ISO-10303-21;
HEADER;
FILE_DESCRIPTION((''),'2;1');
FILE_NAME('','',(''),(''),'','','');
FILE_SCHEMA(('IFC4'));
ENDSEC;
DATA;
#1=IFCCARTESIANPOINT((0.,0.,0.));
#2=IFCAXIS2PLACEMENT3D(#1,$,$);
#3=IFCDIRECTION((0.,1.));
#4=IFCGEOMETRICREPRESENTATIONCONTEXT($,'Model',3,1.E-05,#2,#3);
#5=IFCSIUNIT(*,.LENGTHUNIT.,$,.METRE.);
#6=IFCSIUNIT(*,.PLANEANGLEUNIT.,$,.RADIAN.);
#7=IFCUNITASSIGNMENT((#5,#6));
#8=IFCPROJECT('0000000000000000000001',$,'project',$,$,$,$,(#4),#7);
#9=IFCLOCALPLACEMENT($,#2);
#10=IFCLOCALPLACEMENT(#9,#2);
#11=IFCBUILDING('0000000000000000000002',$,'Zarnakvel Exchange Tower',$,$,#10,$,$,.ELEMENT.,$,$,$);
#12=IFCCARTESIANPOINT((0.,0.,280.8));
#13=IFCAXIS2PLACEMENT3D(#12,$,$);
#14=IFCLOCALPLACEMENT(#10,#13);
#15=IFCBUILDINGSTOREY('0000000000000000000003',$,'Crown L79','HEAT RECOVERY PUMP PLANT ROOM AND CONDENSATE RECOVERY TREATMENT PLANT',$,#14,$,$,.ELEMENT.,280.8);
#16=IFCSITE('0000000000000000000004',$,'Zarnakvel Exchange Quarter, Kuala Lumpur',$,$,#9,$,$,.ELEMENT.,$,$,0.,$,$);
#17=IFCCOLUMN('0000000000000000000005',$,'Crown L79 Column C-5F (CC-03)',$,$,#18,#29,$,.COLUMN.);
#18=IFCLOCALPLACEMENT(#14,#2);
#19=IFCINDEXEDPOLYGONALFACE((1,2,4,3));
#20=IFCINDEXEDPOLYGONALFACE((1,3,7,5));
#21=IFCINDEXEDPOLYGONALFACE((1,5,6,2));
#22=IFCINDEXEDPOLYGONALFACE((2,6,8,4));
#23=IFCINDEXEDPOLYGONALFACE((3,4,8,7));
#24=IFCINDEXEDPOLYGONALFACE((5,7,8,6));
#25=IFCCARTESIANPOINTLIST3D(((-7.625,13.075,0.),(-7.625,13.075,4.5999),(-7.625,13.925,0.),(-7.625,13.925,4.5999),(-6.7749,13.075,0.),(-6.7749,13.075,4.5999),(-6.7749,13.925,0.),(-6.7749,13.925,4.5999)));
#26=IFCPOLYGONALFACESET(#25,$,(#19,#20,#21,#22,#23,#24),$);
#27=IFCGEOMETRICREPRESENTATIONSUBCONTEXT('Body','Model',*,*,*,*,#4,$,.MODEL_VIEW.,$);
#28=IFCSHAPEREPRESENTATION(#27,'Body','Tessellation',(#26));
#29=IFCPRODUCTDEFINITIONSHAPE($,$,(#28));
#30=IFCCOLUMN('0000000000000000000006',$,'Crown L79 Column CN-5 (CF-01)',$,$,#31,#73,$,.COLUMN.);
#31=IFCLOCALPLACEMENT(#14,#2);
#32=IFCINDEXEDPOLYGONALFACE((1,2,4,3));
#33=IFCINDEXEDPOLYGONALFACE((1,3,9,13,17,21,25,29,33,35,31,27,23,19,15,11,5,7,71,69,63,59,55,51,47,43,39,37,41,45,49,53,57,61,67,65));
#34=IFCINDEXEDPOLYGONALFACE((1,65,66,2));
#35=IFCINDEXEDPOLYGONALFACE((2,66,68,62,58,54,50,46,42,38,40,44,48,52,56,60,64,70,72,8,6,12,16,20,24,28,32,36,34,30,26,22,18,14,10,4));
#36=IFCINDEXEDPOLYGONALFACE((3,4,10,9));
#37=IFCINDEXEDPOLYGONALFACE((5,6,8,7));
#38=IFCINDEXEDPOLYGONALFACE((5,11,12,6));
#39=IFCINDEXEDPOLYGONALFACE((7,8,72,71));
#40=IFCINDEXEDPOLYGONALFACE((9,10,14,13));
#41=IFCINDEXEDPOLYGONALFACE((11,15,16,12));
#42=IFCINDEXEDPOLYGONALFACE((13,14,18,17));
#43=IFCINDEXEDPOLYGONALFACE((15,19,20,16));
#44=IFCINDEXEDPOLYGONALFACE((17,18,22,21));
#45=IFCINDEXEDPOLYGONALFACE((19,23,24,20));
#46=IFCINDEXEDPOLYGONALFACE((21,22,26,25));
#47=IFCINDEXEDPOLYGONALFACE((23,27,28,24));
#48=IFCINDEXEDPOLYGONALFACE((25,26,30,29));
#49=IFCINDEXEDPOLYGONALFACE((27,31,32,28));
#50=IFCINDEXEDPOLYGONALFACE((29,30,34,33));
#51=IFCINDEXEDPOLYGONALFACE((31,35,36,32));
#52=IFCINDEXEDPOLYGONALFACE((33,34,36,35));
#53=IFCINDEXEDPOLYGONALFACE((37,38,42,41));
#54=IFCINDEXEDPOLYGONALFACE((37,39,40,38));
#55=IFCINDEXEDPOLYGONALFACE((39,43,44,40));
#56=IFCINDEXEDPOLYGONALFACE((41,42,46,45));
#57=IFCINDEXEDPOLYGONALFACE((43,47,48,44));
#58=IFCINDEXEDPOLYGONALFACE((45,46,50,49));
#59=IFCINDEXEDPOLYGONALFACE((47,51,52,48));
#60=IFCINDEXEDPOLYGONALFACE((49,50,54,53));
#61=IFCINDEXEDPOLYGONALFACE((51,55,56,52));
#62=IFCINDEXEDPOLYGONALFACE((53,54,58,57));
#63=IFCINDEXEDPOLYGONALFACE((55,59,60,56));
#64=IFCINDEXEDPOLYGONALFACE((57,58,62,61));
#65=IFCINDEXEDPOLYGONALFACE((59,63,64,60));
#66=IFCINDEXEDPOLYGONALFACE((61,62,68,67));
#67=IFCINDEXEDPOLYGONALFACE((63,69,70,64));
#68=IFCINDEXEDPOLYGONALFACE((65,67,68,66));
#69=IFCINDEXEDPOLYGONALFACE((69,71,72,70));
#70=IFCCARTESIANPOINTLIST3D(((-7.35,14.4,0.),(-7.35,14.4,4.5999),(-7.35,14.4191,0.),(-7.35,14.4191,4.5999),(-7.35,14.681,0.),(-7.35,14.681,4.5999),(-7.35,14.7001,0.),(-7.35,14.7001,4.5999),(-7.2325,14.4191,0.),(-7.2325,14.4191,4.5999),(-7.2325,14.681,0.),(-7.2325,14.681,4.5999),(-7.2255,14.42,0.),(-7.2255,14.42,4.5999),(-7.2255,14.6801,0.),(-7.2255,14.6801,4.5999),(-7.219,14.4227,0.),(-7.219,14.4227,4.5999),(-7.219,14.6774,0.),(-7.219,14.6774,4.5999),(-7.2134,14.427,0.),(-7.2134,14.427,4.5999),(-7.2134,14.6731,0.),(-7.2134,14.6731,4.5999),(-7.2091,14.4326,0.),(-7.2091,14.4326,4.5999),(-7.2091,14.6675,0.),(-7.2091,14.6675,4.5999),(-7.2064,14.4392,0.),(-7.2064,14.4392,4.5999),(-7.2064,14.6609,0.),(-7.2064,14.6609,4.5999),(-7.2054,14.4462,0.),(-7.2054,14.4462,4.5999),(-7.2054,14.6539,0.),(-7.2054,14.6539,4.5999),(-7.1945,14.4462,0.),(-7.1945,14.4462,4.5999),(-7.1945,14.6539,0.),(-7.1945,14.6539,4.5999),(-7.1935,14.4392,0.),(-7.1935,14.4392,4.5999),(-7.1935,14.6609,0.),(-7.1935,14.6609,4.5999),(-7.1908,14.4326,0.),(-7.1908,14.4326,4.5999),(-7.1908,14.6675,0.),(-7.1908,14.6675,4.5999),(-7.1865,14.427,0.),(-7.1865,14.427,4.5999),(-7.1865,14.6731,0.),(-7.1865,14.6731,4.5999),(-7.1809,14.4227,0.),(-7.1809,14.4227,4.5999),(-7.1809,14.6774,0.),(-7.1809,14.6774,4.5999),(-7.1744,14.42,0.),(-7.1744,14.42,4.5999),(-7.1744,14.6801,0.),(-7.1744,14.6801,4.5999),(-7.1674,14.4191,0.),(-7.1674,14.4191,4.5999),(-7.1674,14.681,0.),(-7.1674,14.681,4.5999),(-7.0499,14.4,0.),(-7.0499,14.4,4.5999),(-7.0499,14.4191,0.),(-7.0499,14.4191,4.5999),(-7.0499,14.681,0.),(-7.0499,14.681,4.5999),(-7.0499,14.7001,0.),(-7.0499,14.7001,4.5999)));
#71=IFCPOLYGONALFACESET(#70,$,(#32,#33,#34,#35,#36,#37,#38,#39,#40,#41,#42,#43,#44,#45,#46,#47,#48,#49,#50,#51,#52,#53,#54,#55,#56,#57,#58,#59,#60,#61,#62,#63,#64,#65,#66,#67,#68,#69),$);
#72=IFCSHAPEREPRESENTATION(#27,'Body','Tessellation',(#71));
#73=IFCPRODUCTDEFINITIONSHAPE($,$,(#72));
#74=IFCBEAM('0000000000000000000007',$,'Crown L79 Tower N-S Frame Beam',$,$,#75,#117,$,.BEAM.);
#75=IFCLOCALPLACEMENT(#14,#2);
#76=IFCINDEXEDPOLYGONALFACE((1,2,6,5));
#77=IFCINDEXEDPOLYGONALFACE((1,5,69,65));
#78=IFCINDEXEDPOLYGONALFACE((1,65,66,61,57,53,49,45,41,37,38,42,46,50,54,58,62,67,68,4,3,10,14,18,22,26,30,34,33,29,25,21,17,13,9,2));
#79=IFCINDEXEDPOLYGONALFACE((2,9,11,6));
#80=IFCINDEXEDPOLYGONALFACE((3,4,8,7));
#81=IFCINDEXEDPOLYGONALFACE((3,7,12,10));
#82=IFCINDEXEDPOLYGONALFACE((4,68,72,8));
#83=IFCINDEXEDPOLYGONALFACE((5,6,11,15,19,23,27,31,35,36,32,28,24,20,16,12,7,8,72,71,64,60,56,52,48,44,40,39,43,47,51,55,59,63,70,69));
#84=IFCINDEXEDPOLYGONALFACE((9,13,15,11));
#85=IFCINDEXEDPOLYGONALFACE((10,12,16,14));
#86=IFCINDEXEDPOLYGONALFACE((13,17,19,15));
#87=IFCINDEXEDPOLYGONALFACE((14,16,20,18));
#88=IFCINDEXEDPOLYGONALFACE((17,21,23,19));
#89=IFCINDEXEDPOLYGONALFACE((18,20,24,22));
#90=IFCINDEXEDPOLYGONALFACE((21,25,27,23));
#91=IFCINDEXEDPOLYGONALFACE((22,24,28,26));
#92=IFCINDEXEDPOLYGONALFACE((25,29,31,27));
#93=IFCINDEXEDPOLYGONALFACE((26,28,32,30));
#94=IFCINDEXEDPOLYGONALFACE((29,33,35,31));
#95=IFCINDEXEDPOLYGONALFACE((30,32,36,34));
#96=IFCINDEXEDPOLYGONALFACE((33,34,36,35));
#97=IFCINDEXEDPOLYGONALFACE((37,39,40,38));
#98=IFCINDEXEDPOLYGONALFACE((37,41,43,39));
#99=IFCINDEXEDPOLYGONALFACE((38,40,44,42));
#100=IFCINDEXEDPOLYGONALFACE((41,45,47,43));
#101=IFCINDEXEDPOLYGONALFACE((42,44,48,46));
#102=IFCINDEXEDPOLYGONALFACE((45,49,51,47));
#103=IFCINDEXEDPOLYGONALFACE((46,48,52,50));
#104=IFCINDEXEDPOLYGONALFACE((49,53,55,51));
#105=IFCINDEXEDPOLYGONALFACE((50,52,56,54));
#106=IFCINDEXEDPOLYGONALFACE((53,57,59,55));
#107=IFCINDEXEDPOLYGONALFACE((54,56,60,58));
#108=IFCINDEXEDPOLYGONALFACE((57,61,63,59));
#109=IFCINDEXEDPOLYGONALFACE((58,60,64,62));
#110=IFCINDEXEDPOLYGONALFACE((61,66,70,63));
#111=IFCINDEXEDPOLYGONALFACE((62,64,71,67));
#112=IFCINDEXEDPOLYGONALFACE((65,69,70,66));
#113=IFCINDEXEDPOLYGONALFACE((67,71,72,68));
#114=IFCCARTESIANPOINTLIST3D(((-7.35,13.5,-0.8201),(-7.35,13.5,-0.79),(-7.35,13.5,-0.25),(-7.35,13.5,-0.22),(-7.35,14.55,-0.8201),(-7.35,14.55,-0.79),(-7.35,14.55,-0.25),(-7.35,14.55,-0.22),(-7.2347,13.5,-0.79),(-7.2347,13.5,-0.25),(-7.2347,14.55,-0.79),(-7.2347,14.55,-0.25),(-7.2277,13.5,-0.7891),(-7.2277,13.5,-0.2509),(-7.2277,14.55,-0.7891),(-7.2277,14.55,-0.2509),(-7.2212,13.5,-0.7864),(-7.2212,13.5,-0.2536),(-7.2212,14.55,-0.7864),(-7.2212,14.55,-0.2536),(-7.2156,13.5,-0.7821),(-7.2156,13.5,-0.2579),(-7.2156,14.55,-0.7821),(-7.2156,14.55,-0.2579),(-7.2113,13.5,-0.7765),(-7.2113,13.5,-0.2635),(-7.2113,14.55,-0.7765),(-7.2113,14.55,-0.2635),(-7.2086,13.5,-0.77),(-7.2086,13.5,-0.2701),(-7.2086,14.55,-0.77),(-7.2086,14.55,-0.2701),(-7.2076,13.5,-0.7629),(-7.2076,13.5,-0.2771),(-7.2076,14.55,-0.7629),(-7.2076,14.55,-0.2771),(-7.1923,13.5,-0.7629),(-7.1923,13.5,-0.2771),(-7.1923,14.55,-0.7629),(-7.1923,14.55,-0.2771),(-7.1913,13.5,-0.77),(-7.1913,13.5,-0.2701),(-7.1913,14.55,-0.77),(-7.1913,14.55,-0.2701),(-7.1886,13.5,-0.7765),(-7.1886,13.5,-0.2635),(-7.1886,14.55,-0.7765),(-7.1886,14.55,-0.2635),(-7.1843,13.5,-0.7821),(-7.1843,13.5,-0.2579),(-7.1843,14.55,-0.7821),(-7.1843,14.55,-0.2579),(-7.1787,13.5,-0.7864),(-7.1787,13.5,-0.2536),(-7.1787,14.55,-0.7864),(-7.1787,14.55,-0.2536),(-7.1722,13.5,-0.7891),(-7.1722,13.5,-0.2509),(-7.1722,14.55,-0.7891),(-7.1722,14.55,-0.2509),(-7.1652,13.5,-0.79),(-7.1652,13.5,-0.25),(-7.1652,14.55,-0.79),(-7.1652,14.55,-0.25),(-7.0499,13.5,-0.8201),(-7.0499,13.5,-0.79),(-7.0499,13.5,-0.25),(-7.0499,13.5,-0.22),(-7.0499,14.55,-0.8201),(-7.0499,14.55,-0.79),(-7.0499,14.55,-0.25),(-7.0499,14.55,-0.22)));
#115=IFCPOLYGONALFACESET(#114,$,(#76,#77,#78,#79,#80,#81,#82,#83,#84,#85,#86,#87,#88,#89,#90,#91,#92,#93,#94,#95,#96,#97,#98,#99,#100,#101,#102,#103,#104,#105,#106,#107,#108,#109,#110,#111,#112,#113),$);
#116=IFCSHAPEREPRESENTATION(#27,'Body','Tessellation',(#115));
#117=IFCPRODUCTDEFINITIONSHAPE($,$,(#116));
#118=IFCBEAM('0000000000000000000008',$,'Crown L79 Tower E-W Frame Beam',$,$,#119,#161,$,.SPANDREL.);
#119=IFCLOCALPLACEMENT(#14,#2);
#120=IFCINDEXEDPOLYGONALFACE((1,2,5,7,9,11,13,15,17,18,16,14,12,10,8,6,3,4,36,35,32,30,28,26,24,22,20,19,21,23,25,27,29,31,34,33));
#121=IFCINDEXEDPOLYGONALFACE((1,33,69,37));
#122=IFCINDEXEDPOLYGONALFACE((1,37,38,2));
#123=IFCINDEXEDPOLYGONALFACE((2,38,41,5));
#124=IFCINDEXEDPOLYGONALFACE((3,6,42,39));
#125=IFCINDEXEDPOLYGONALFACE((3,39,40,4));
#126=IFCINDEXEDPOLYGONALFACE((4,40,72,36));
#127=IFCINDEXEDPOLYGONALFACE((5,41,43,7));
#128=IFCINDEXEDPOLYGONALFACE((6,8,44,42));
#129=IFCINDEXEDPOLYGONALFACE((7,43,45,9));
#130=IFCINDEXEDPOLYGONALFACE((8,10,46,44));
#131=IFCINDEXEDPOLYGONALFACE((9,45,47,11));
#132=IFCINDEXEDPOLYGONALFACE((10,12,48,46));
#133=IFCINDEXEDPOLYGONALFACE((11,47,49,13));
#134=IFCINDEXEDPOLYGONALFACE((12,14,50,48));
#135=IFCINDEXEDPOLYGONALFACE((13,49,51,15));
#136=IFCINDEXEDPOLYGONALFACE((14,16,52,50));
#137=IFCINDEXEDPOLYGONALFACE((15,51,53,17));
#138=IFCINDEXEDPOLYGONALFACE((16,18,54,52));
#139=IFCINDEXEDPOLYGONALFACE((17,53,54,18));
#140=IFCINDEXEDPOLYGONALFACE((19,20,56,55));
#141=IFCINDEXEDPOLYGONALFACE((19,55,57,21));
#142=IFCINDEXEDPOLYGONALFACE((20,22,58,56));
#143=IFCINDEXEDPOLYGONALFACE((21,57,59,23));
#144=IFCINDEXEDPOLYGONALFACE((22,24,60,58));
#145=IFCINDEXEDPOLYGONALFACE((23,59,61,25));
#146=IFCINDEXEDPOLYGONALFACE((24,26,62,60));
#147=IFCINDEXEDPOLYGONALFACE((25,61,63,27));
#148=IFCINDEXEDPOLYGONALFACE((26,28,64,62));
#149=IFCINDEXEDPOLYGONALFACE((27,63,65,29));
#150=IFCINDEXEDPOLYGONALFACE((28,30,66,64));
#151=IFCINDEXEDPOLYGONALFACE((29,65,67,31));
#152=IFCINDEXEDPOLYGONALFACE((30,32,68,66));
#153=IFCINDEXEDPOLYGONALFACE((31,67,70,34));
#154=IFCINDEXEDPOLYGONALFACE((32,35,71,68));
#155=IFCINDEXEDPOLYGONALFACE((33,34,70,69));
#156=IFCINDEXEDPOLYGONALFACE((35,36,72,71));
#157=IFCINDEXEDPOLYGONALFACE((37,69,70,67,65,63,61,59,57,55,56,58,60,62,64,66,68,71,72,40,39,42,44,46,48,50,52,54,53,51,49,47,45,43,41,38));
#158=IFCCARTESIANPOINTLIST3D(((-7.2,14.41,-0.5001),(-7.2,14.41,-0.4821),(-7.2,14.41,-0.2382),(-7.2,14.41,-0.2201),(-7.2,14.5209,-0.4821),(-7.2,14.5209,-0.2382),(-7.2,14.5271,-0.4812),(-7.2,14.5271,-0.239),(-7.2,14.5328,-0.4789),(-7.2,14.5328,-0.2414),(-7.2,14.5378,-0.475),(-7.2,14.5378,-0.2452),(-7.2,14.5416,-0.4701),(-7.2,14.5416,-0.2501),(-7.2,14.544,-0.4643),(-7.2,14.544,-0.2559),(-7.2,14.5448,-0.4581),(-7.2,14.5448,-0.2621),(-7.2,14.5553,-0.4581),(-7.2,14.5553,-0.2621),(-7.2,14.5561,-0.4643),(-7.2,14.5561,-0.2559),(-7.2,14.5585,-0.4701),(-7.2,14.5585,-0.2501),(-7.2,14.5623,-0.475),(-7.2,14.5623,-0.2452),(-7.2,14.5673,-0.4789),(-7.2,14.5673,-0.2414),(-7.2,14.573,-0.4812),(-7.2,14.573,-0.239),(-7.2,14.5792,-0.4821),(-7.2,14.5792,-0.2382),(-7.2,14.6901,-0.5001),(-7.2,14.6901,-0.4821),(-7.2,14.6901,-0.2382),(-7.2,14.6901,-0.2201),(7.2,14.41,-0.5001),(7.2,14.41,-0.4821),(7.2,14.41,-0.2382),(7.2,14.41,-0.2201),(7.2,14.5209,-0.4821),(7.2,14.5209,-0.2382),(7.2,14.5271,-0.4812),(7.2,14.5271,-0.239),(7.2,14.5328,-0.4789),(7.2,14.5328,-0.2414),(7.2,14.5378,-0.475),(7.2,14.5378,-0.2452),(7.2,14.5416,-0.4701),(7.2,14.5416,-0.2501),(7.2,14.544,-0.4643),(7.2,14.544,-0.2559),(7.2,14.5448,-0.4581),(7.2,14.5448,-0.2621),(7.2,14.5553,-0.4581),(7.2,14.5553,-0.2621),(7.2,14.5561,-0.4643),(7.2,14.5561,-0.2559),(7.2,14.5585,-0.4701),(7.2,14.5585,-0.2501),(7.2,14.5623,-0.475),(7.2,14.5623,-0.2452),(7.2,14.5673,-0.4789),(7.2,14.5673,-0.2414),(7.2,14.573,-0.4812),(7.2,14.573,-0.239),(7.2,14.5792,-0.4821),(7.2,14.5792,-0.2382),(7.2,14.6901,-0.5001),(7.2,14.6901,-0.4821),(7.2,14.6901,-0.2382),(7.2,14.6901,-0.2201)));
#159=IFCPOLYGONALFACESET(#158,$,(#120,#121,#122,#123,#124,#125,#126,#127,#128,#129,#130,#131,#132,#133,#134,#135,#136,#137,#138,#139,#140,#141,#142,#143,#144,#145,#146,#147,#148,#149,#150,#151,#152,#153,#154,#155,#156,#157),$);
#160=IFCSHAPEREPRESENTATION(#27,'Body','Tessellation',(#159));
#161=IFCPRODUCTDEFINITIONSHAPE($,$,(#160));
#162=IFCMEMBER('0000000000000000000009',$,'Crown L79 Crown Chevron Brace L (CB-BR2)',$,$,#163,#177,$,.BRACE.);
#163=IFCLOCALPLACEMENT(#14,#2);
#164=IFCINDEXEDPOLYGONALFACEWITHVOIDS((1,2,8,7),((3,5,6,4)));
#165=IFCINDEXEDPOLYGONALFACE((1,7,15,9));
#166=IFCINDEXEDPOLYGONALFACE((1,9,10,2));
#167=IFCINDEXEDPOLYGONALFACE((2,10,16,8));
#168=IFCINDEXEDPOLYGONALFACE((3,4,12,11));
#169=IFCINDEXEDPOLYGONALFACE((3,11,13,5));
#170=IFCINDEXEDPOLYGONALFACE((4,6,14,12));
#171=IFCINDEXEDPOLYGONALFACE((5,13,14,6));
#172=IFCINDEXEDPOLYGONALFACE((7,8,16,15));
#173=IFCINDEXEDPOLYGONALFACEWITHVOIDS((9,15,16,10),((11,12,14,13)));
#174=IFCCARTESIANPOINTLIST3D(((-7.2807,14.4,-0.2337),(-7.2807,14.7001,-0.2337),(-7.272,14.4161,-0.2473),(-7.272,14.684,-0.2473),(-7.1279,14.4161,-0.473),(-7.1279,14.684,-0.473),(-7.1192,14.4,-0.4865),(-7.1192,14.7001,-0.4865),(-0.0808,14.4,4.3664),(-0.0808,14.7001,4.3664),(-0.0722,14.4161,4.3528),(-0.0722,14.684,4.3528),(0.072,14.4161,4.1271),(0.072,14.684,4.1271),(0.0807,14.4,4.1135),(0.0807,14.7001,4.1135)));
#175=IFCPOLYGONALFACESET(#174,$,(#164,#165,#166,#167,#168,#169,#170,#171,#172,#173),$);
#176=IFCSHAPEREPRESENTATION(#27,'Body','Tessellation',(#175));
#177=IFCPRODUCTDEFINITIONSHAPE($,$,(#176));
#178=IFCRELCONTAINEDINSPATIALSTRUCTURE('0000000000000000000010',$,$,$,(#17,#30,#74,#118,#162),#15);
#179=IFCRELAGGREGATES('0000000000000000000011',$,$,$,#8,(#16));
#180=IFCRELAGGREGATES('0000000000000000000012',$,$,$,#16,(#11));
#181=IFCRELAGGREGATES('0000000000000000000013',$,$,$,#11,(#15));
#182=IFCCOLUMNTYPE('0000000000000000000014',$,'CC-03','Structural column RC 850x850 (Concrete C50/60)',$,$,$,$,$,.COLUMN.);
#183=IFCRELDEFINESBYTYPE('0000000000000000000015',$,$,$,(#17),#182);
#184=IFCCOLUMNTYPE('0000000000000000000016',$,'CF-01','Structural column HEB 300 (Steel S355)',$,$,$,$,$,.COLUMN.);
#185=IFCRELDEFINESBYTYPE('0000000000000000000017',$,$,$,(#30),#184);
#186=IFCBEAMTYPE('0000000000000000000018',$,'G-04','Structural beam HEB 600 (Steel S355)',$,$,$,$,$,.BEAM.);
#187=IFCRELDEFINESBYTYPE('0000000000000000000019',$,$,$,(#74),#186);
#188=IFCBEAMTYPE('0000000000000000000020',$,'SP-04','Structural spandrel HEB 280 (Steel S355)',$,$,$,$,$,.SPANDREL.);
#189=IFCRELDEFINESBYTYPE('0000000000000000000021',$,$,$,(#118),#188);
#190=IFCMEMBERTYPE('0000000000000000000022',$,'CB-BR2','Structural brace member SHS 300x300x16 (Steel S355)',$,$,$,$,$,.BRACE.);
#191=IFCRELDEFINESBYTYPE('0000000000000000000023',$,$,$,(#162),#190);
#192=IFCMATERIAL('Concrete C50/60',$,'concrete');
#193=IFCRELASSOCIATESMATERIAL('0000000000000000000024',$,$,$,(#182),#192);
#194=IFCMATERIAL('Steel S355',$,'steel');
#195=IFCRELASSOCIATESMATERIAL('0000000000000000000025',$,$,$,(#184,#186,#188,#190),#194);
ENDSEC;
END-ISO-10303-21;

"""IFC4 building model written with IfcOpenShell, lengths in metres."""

from ifc_helpers import new_model, si_unit, direction, frame, origin, origin_2d, place, context, subcontext, project, spatial, rectangle, hollow_rectangle, i_section, extrude, source, transform, mapped, material, material_profile, profile_set, type_object, element, save


model = new_model("IFC4")

# Units and contexts
model_context = context("Model", 3, precision=1e-05, world=origin(), true_north=direction((0.0, 1.0)))
body_context = subcontext(model_context, "Body", "Model", "MODEL_VIEW")
ifc_project = project(units=[si_unit("LENGTHUNIT", "METRE"), si_unit("PLANEANGLEUNIT", "RADIAN")], contexts=[model_context])

# Site, building, storey
site_placement = place(None, origin())
site = spatial("IfcSite", under=ifc_project, at=site_placement, Name="Zarnakvel Exchange Quarter, Kuala Lumpur", CompositionType="ELEMENT", RefElevation=0.0)
building_placement = place(site_placement, origin())
building = spatial("IfcBuilding", under=site, at=building_placement, Name="Zarnakvel Exchange Tower", CompositionType="ELEMENT")
storey_placement = place(building_placement, frame((0.0, 0.0, 280.8)))
storey = spatial("IfcBuildingStorey", under=building, at=storey_placement, Name="Crown L79", Description="HEAT RECOVERY PUMP PLANT ROOM AND CONDENSATE RECOVERY TREATMENT PLANT", CompositionType="ELEMENT", Elevation=280.8)

# Columns
ifc_material_1 = material(Name="Concrete C50/60", Category="concrete")
ifc_material_profile_1 = material_profile(ifc_material_1, rectangle(XDim=0.8501, YDim=0.8501, at=origin_2d()))
ifc_profile_set_1 = profile_set([ifc_material_profile_1], Name="Concrete C50/60")
column_type_1 = type_object("IfcColumnType", Name="CC-03", Description="Structural column RC 850x850 (Concrete C50/60)", PredefinedType="COLUMN", material=ifc_profile_set_1)
column_1_placement = place(storey_placement, frame((-7.2, 13.5, 0.0), z_axis=(0.0, 0.0, 1.0), x_axis=(1.0, 0.0, 0.0)))
element("IfcColumn", 1, at=column_1_placement, inside=storey, type_object=column_type_1, Name="Crown L79 Column C-5F (CC-03)", PredefinedType="COLUMN", context=body_context, shape_type="SweptSolid", body=[
    extrude(rectangle(XDim=0.8501, YDim=0.8501, at=origin_2d()), origin(), (0.0, 0.0, 1.0), 4.5999),
])
ifc_material_2 = material(Name="Steel S355", Category="steel")
ifc_material_profile_2 = material_profile(ifc_material_2, i_section(OverallWidth=0.3, OverallDepth=0.3, WebThickness=0.011, FlangeThickness=0.019, FilletRadius=0.0271, at=origin_2d()))
ifc_profile_set_2 = profile_set([ifc_material_profile_2], Name="Steel S355")
column_type_2 = type_object("IfcColumnType", Name="CF-01", Description="Structural column HEB 300 (Steel S355)", PredefinedType="COLUMN", material=ifc_profile_set_2)
column_2_placement = place(storey_placement, frame((-7.2, 14.55, 0.0), z_axis=(0.0, 0.0, 1.0), x_axis=(1.0, 0.0, 0.0)))
element("IfcColumn", 2, at=column_2_placement, inside=storey, type_object=column_type_2, Name="Crown L79 Column CN-5 (CF-01)", PredefinedType="COLUMN", context=body_context, shape_type="SweptSolid", body=[
    extrude(i_section(OverallWidth=0.3, OverallDepth=0.3, WebThickness=0.011, FlangeThickness=0.019, FilletRadius=0.0271, at=origin_2d()), origin(), (0.0, 0.0, 1.0), 4.5999),
])

# Beams
ifc_material_profile_3 = material_profile(ifc_material_2, i_section(OverallWidth=0.3, OverallDepth=0.6001, WebThickness=0.0154, FlangeThickness=0.03, FilletRadius=0.0271, at=origin_2d()))
ifc_profile_set_3 = profile_set([ifc_material_profile_3], Name="Steel S355")
beam_type_1 = type_object("IfcBeamType", Name="G-04", Description="Structural beam HEB 600 (Steel S355)", PredefinedType="BEAM", material=ifc_profile_set_3)
beam_1_placement = place(storey_placement, frame((-7.2, 13.5, -0.52), z_axis=(0.0, 1.0, 0.0), x_axis=(-1.0, 0.0, 0.0)))
element("IfcBeam", 3, at=beam_1_placement, inside=storey, type_object=beam_type_1, Name="Crown L79 Tower N-S Frame Beam", PredefinedType="BEAM", context=body_context, shape_type="SweptSolid", body=[
    extrude(i_section(OverallWidth=0.3, OverallDepth=0.6001, WebThickness=0.0154, FlangeThickness=0.03, FilletRadius=0.0271, at=origin_2d()), origin(), (0.0, 0.0, 1.0), 1.05),
])
ifc_material_profile_4 = material_profile(ifc_material_2, i_section(OverallWidth=0.28, OverallDepth=0.28, WebThickness=0.0105, FlangeThickness=0.0181, FilletRadius=0.0239, at=origin_2d()))
ifc_profile_set_4 = profile_set([ifc_material_profile_4], Name="Steel S355")
beam_type_2 = type_object("IfcBeamType", Name="SP-04", Description="Structural spandrel HEB 280 (Steel S355)", PredefinedType="SPANDREL", material=ifc_profile_set_4)
beam_2_placement = place(storey_placement, frame((-7.2, 14.55, -0.3601), z_axis=(1.0, 0.0, 0.0), x_axis=(0.0, 1.0, 0.0)))
element("IfcBeam", 4, at=beam_2_placement, inside=storey, type_object=beam_type_2, Name="Crown L79 Tower E-W Frame Beam", PredefinedType="SPANDREL", context=body_context, shape_type="SweptSolid", body=[
    extrude(i_section(OverallWidth=0.28, OverallDepth=0.28, WebThickness=0.0105, FlangeThickness=0.0181, FilletRadius=0.0239, at=origin_2d()), origin(), (0.0, 0.0, 1.0), 14.3999),
])

# Member
ifc_material_profile_5 = material_profile(ifc_material_2, hollow_rectangle(XDim=0.3, YDim=0.3, WallThickness=0.0161, at=origin_2d()))
ifc_profile_set_5 = profile_set([ifc_material_profile_5], Name="Steel S355")
member_type_1 = type_object("IfcMemberType", Name="CB-BR2", Description="Structural brace member SHS 300x300x16 (Steel S355)", PredefinedType="BRACE", material=ifc_profile_set_5)
shared_shape_1 = source(origin(), body_context, "Body", "SweptSolid", [
    extrude(hollow_rectangle(XDim=0.3, YDim=0.3, WallThickness=0.0161, at=origin_2d()), origin(), (0.0, 0.0, 1.0), 8.5439),
])
member_1_placement = place(storey_placement, frame((-7.2, 14.55, -0.3601), z_axis=(0.842689, 0.0, 0.5384), x_axis=(0.0, 1.0, 0.0)))
element("IfcMember", 5, at=member_1_placement, inside=storey, type_object=member_type_1, Name="Crown L79 Crown Chevron Brace L (CB-BR2)", PredefinedType="BRACE", context=body_context, shape_type="MappedRepresentation", body=[
    mapped(shared_shape_1, transform((0.0, 0.0, 0.0), x_axis=(1.0, 0.0, 0.0), y_axis=(0.0, 1.0, 0.0), z_axis=(0.0, 0.0, 1.0), scale=1.0)),
])

save(model, "model.ifc")
